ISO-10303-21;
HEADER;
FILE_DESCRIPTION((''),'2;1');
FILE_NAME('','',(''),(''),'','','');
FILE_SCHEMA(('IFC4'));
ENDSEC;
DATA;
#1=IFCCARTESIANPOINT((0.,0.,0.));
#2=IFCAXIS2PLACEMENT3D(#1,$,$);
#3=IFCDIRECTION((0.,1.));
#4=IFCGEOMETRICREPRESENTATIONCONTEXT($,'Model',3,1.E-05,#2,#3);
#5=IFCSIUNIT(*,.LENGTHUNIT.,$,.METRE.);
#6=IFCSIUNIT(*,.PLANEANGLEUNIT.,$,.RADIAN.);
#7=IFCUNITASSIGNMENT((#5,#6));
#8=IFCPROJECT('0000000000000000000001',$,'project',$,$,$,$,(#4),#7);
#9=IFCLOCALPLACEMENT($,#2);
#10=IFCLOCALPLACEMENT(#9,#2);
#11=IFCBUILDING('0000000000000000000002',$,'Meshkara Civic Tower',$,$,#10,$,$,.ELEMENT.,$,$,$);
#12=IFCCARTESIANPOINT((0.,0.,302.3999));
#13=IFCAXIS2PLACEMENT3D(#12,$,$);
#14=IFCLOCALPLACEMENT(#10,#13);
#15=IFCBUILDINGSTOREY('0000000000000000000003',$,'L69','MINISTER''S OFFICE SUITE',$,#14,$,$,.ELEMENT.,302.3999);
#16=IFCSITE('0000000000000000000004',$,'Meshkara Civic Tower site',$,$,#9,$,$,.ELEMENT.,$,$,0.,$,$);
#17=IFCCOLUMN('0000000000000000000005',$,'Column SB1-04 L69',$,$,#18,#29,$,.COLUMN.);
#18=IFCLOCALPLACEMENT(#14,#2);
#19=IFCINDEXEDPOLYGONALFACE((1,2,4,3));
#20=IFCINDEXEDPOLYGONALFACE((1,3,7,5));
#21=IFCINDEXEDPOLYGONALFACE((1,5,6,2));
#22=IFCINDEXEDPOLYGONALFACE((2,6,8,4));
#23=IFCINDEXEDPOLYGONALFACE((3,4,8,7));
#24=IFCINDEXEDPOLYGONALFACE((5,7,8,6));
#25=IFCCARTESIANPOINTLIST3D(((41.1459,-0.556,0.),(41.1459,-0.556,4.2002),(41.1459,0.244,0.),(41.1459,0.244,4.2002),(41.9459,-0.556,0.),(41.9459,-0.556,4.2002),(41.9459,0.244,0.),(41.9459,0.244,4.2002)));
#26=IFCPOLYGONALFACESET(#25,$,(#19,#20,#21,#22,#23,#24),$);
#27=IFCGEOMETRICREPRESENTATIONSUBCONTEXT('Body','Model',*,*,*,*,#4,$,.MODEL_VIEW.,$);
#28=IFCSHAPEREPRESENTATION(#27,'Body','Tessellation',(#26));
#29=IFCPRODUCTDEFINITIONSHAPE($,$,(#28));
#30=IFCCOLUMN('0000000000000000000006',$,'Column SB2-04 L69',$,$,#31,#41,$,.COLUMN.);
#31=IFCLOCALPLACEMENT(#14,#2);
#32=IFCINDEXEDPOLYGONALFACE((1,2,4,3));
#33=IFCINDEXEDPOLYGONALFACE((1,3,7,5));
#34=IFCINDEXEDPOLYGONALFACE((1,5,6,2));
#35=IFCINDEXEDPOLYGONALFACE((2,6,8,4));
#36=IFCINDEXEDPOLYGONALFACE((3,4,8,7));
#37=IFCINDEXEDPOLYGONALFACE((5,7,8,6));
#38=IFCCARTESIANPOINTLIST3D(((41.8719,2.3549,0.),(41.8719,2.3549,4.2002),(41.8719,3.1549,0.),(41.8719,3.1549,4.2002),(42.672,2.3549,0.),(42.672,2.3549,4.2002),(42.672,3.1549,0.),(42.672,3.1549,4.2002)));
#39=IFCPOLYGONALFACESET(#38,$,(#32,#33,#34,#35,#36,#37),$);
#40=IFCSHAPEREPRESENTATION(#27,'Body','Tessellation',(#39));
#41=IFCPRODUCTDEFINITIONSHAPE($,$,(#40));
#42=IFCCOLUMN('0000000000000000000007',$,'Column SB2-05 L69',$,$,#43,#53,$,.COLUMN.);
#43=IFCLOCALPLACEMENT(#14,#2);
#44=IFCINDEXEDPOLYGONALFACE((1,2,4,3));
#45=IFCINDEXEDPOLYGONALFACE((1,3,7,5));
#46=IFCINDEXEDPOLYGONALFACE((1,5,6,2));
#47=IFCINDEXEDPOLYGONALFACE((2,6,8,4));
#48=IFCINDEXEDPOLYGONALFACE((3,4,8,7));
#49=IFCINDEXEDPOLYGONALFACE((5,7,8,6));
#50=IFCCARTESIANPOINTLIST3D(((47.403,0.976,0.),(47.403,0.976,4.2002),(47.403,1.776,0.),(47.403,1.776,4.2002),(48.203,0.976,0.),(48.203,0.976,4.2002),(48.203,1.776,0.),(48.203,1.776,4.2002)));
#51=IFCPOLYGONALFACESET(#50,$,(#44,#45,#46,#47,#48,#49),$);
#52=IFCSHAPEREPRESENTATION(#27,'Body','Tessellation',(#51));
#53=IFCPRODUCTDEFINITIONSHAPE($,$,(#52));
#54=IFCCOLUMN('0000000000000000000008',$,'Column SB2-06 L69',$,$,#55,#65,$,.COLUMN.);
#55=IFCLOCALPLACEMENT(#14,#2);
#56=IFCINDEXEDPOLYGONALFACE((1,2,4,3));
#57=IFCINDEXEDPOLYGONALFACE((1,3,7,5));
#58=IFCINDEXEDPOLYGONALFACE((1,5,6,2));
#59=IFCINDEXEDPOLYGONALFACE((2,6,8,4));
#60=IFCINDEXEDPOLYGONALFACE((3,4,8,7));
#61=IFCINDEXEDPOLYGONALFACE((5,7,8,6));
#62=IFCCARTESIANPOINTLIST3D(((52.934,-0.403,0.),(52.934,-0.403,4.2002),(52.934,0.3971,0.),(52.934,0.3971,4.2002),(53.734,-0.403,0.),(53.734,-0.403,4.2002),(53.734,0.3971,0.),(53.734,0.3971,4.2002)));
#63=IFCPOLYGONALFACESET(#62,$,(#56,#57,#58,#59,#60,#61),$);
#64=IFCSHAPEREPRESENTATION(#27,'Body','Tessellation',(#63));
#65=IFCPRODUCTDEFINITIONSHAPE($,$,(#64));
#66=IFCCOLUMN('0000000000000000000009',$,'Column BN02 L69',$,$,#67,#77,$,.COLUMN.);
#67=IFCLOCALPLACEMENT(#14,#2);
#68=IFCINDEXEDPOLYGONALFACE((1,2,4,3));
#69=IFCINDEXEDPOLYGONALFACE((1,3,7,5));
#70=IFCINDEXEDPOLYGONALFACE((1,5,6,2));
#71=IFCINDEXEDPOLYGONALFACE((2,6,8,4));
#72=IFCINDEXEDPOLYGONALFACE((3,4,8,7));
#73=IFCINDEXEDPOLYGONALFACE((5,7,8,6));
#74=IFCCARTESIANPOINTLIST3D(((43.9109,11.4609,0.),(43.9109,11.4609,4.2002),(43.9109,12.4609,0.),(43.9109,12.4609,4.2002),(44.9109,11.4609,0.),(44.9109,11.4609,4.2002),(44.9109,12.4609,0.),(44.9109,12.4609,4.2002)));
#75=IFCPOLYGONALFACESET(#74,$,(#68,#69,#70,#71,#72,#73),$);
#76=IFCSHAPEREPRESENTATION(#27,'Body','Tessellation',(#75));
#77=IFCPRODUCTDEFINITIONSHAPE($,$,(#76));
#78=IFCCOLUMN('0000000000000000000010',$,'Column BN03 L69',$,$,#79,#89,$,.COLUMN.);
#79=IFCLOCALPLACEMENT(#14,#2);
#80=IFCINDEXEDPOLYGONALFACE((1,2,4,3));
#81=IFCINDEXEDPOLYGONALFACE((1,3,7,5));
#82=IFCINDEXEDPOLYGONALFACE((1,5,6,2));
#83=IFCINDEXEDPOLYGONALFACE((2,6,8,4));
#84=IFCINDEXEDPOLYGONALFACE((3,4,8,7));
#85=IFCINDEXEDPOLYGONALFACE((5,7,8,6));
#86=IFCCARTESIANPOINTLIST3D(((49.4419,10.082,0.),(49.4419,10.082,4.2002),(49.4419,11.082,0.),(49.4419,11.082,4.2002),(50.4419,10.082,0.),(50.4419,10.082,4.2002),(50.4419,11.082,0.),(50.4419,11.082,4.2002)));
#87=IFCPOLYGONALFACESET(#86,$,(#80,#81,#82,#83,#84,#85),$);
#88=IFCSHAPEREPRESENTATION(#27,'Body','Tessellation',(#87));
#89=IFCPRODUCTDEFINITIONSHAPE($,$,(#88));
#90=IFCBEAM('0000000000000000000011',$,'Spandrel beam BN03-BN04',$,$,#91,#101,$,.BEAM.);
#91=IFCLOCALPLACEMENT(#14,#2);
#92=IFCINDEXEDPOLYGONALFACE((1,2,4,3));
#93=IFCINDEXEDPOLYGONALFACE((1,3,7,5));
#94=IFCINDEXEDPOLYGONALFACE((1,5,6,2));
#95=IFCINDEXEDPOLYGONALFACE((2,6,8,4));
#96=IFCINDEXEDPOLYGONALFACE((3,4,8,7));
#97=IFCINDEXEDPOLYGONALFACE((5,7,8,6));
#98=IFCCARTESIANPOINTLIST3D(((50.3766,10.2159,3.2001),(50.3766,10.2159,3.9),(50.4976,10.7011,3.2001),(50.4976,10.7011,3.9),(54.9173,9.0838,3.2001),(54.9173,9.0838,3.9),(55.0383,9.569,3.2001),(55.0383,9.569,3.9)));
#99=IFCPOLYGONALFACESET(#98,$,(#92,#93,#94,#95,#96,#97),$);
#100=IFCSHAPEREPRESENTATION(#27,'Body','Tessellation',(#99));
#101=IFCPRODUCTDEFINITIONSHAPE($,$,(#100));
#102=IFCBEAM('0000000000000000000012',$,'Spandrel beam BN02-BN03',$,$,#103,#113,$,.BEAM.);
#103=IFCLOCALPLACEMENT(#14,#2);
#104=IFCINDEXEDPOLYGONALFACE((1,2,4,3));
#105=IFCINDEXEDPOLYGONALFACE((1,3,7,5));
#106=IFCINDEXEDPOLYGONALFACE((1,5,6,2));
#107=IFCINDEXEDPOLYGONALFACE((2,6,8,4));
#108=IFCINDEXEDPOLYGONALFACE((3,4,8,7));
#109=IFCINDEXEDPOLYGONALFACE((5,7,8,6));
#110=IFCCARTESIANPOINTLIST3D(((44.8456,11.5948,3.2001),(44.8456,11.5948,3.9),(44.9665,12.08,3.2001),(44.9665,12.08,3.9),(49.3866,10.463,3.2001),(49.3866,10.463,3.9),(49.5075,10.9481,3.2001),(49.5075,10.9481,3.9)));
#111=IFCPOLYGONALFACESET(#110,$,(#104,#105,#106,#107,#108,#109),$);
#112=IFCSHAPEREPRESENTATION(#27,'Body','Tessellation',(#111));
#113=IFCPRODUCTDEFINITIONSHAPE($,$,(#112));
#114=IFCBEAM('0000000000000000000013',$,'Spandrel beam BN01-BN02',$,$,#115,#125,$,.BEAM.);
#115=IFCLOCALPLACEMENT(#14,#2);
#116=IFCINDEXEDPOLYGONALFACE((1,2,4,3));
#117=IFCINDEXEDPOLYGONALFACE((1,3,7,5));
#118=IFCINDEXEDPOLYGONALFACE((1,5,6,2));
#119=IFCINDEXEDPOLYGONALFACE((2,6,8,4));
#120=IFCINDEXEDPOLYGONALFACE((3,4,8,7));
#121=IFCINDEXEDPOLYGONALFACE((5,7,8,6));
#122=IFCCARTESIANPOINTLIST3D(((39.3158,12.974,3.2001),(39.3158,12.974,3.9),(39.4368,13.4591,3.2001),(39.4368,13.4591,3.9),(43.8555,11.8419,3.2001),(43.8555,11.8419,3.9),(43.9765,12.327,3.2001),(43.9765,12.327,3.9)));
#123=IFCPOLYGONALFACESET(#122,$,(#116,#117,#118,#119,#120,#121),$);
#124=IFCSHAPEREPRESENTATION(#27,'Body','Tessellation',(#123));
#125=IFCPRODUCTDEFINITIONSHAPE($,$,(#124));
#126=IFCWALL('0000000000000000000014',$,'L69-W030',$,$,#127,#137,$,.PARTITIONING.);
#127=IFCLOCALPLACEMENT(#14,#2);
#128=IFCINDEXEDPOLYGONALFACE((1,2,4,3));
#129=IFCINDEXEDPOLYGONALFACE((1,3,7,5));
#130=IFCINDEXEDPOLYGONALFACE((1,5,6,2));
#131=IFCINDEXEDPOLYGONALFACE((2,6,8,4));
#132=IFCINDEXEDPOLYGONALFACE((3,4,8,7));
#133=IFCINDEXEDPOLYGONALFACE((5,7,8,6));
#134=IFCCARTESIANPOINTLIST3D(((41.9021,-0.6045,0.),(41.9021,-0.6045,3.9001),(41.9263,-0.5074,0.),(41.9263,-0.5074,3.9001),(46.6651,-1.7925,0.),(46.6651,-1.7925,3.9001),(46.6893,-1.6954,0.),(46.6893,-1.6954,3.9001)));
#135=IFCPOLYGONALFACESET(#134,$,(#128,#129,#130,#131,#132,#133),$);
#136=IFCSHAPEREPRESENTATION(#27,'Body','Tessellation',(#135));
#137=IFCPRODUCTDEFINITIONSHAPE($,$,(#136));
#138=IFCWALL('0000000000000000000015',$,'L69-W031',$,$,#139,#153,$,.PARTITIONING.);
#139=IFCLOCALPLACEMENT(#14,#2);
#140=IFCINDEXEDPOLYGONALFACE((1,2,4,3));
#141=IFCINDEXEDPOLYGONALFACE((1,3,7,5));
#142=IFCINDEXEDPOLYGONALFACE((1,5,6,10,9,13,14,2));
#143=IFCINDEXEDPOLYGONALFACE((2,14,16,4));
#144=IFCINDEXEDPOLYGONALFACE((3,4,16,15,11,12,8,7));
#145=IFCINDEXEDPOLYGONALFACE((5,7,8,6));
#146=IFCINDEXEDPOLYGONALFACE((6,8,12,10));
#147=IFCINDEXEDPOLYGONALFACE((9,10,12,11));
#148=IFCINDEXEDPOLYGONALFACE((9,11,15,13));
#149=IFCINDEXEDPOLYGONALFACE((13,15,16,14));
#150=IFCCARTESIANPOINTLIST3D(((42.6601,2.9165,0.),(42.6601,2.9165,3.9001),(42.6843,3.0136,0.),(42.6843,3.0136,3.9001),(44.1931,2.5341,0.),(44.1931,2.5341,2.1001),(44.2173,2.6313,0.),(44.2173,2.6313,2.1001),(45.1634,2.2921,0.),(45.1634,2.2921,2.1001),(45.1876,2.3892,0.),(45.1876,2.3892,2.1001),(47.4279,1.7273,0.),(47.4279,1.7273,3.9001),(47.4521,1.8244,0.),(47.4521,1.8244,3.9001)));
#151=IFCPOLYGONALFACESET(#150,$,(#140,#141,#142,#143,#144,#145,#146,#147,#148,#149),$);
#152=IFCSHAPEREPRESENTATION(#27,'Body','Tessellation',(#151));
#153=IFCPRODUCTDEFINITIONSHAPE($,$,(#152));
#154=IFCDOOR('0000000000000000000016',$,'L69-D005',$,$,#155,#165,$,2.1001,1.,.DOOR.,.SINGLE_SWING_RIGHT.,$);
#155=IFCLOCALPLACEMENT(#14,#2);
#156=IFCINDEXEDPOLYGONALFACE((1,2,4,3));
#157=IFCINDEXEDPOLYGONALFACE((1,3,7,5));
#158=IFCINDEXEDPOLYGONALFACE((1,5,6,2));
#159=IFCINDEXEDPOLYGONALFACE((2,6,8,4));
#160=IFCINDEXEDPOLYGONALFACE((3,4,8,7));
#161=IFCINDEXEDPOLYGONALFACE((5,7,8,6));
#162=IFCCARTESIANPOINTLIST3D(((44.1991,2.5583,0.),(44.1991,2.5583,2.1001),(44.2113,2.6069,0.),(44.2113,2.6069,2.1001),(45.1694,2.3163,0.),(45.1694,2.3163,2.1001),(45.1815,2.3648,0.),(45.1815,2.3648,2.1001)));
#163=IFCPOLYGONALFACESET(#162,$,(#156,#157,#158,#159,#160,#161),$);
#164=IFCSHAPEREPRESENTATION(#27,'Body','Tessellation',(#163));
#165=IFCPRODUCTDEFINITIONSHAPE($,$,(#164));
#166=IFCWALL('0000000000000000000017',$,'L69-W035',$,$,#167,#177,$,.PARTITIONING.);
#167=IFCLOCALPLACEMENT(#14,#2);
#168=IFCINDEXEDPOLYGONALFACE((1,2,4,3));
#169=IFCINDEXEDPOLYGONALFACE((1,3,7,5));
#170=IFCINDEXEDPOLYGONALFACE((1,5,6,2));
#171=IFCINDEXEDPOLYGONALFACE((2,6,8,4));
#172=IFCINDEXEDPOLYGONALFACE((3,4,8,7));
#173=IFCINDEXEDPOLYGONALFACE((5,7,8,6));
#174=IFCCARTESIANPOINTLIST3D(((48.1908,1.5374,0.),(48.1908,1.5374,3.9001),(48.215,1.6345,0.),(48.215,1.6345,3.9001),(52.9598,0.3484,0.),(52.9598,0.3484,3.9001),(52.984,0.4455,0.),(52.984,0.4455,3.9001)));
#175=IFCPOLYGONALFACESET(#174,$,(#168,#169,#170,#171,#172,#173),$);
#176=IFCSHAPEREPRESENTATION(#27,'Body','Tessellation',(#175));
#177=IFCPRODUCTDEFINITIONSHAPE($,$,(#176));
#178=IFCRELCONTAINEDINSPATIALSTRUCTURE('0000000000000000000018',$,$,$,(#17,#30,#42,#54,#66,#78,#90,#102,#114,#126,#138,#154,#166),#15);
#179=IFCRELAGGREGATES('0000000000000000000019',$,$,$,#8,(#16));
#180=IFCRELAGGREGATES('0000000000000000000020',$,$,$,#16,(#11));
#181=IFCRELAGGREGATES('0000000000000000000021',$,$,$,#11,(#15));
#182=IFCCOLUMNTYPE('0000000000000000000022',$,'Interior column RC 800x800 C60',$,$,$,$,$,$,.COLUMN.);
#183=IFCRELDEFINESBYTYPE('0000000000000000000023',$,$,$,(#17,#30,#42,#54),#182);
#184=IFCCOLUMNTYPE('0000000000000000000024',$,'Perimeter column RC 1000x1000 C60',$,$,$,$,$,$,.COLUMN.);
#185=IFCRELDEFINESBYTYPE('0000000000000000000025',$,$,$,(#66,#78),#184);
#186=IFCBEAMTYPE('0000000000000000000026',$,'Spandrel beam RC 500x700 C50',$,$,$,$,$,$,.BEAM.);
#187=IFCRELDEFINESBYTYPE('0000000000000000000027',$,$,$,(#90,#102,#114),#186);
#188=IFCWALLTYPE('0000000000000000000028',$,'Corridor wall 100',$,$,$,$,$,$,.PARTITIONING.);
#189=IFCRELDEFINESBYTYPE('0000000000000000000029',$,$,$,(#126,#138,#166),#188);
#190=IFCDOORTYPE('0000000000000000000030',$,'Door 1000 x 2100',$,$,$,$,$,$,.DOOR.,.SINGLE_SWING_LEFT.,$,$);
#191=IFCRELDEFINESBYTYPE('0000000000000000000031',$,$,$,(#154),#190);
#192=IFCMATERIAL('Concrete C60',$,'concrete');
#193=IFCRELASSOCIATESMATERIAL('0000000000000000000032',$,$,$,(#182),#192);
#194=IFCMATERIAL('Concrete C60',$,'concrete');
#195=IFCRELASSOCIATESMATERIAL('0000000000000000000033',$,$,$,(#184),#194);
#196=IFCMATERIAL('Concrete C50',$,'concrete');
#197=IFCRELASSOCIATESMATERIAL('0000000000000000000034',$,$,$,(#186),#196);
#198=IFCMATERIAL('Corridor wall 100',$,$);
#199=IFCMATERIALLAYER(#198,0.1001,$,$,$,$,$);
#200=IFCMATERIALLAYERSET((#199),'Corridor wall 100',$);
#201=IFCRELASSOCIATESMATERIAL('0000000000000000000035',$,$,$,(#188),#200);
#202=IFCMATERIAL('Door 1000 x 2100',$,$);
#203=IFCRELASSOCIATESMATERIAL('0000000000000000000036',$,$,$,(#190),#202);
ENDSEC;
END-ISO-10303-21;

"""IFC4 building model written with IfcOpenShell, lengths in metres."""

from ifc_helpers import new_model, si_unit, direction, frame, frame_2d, origin, origin_2d, place, context, subcontext, project, spatial, rectangle, extrude, material, layer, layer_set, material_profile, profile_set, type_object, element, fill, save


model = new_model("IFC4")

# Units and contexts
model_context = context("Model", 3, precision=1e-05, world=origin(), true_north=direction((0.0, 1.0)))
body_context = subcontext(model_context, "Body", "Model", "MODEL_VIEW")
ifc_project = project(units=[si_unit("LENGTHUNIT", "METRE"), si_unit("PLANEANGLEUNIT", "RADIAN")], contexts=[model_context])

# Site, building, storey
site_placement = place(None, origin())
site = spatial("IfcSite", under=ifc_project, at=site_placement, Name="Meshkara Civic Tower site", CompositionType="ELEMENT", RefElevation=0.0)
building_placement = place(site_placement, origin())
building = spatial("IfcBuilding", under=site, at=building_placement, Name="Meshkara Civic Tower", CompositionType="ELEMENT")
storey_placement = place(building_placement, frame((0.0, 0.0, 302.3999)))
storey = spatial("IfcBuildingStorey", under=building, at=storey_placement, Name="L69", Description="MINISTER'S OFFICE SUITE", CompositionType="ELEMENT", Elevation=302.3999)

# Columns
ifc_material_1 = material(Name="Concrete C60", Category="concrete")
ifc_material_profile_1 = material_profile(ifc_material_1, rectangle(XDim=0.8, YDim=0.8, at=origin_2d()))
ifc_profile_set_1 = profile_set([ifc_material_profile_1], Name="Concrete C60")
column_type_1 = type_object("IfcColumnType", Name="Interior column RC 800x800 C60", PredefinedType="COLUMN", material=ifc_profile_set_1)
for number, where, z_axis, x_axis, name in (
    (1, (41.5459, -0.156, 0.0), (0.0, 0.0, 1.0), (1.0, 0.0, 0.0), "Column SB1-04 L69"),
    (2, (42.272, 2.7549, 0.0), (0.0, 0.0, 1.0), (1.0, 0.0, 0.0), "Column SB2-04 L69"),
    (3, (47.803, 1.376, 0.0), (0.0, 0.0, 1.0), (1.0, 0.0, 0.0), "Column SB2-05 L69"),
    (4, (53.334, -0.0029, 0.0), (0.0, 0.0, 1.0), (1.0, 0.0, 0.0), "Column SB2-06 L69"),
):
    element("IfcColumn", number, at=place(storey_placement, frame(where, z_axis=z_axis, x_axis=x_axis)), inside=storey, type_object=column_type_1, Name=name, PredefinedType="COLUMN", context=body_context, shape_type="SweptSolid", body=[
        extrude(rectangle(XDim=0.8, YDim=0.8, at=origin_2d()), origin(), (0.0, 0.0, 1.0), 4.2002),
    ])
ifc_material_2 = material(Name="Concrete C60", Category="concrete")
ifc_material_profile_2 = material_profile(ifc_material_2, rectangle(XDim=1.0, YDim=1.0, at=origin_2d()))
ifc_profile_set_2 = profile_set([ifc_material_profile_2], Name="Concrete C60")
column_type_2 = type_object("IfcColumnType", Name="Perimeter column RC 1000x1000 C60", PredefinedType="COLUMN", material=ifc_profile_set_2)
for number, where, z_axis, x_axis, name in (
    (5, (44.4109, 11.9609, 0.0), (0.0, 0.0, 1.0), (1.0, 0.0, 0.0), "Column BN02 L69"),
    (6, (49.9419, 10.582, 0.0), (0.0, 0.0, 1.0), (1.0, 0.0, 0.0), "Column BN03 L69"),
):
    element("IfcColumn", number, at=place(storey_placement, frame(where, z_axis=z_axis, x_axis=x_axis)), inside=storey, type_object=column_type_2, Name=name, PredefinedType="COLUMN", context=body_context, shape_type="SweptSolid", body=[
        extrude(rectangle(XDim=1.0, YDim=1.0, at=origin_2d()), origin(), (0.0, 0.0, 1.0), 4.2002),
    ])

# Beams
ifc_material_3 = material(Name="Concrete C50", Category="concrete")
ifc_material_profile_3 = material_profile(ifc_material_3, rectangle(XDim=0.5, YDim=0.7, at=origin_2d()))
ifc_profile_set_3 = profile_set([ifc_material_profile_3], Name="Concrete C50")
beam_type = type_object("IfcBeamType", Name="Spandrel beam RC 500x700 C50", PredefinedType="BEAM", material=ifc_profile_set_3)
beam_1_placement = place(storey_placement, frame((54.9778, 9.3264, 3.55), z_axis=(-0.970299, 0.24191, 0.0), x_axis=(-0.24191, -0.970299, 0.0)))
element("IfcBeam", 7, at=beam_1_placement, inside=storey, type_object=beam_type, Name="Spandrel beam BN03-BN04", PredefinedType="BEAM", context=body_context, shape_type="SweptSolid", body=[
    extrude(rectangle(XDim=0.5, YDim=0.7, at=origin_2d()), origin(), (0.0, 0.0, 1.0), 4.6797),
])
beam_2_placement = place(storey_placement, frame((49.447, 10.7056, 3.55), z_axis=(-0.970314, 0.241848, 0.0), x_axis=(-0.241848, -0.970314, 0.0)))
element("IfcBeam", 8, at=beam_2_placement, inside=storey, type_object=beam_type, Name="Spandrel beam BN02-BN03", PredefinedType="BEAM", context=body_context, shape_type="SweptSolid", body=[
    extrude(rectangle(XDim=0.5, YDim=0.7, at=origin_2d()), origin(), (0.0, 0.0, 1.0), 4.6799),
])
beam_3_placement = place(storey_placement, frame((43.916, 12.0845, 3.55), z_axis=(-0.970287, 0.241959, 0.0), x_axis=(-0.241959, -0.970287, 0.0)))
element("IfcBeam", 9, at=beam_3_placement, inside=storey, type_object=beam_type, Name="Spandrel beam BN01-BN02", PredefinedType="BEAM", context=body_context, shape_type="SweptSolid", body=[
    extrude(rectangle(XDim=0.5, YDim=0.7, at=origin_2d()), origin(), (0.0, 0.0, 1.0), 4.6787),
])

# Wall
ifc_material_4 = material(Name="Corridor wall 100")
ifc_layer_1 = layer(ifc_material_4, 0.1001)
ifc_layer_set_1 = layer_set([ifc_layer_1], Name="Corridor wall 100")
wall_type_1 = type_object("IfcWallType", Name="Corridor wall 100", PredefinedType="PARTITIONING", material=ifc_layer_set_1)
wall_1_placement = place(storey_placement, frame((41.9141, -0.5559, 0.0), z_axis=(0.0, 0.0, 1.0), x_axis=(0.970274, -0.242009, 0.0)))
element("IfcWall", 10, at=wall_1_placement, inside=storey, type_object=wall_type_1, Name="L69-W030", PredefinedType="PARTITIONING", context=body_context, shape_type="SweptSolid", body=[
    extrude(rectangle(XDim=4.9089, YDim=0.1001, at=frame_2d((2.4546, 0.0))), origin(), (0.0, 0.0, 1.0), 3.9001),
])

# Wall, opening, door
wall_2_placement = place(storey_placement, frame((42.6721, 2.9651, 0.0), z_axis=(0.0, 0.0, 1.0), x_axis=(0.970274, -0.24201, 0.0)))
wall_2 = element("IfcWall", 11, at=wall_2_placement, inside=storey, type_object=wall_type_1, Name="L69-W031", PredefinedType="PARTITIONING", context=body_context, shape_type="SweptSolid", body=[
    extrude(rectangle(XDim=4.9138, YDim=0.1001, at=frame_2d((2.457, 0.0))), origin(), (0.0, 0.0, 1.0), 3.9001),
])
opening_1_placement = place(wall_2_placement, frame((1.5801, 0.0, 0.0)))
opening_1 = element("IfcOpeningElement", 12, at=opening_1_placement, cuts=wall_2, PredefinedType="OPENING", context=body_context, shape_type="SweptSolid", body=[
    extrude(rectangle(XDim=1.0, YDim=2.1001, at=frame_2d((0.5, 1.05))), frame((0.0, 0.0601, 0.0), z_axis=(0.0, -1.0, 0.0), x_axis=(1.0, 0.0, 0.0)), (0.0, 0.0, 1.0), 0.1201),
])
ifc_material_5 = material(Name="Door 1000 x 2100")
door_type = type_object("IfcDoorType", Name="Door 1000 x 2100", OperationType="SINGLE_SWING_LEFT", PredefinedType="DOOR", material=ifc_material_5)
door_placement = place(opening_1_placement, origin())
door = element("IfcDoor", 13, at=door_placement, inside=storey, type_object=door_type, Name="L69-D005", OperationType="SINGLE_SWING_RIGHT", OverallHeight=2.1001, OverallWidth=1.0, PredefinedType="DOOR", context=body_context, shape_type="SweptSolid", body=[
    extrude(rectangle(XDim=1.0, YDim=2.1001, at=frame_2d((0.5, 1.05))), frame((0.0, 0.0249, 0.0), z_axis=(0.0, -1.0, 0.0), x_axis=(1.0, 0.0, 0.0)), (0.0, 0.0, 1.0), 0.05),
])
fill(opening_1, door)

# Wall
wall_3_placement = place(storey_placement, frame((52.9719, 0.397, 0.0), z_axis=(0.0, 0.0, 1.0), x_axis=(-0.9703, 0.241904, 0.0)))
element("IfcWall", 14, at=wall_3_placement, inside=storey, type_object=wall_type_1, Name="L69-W035", PredefinedType="PARTITIONING", context=body_context, shape_type="SweptSolid", body=[
    extrude(rectangle(XDim=4.915, YDim=0.1001, at=frame_2d((2.4575, 0.0))), origin(), (0.0, 0.0, 1.0), 3.9001),
])

save(model, "model.ifc")
